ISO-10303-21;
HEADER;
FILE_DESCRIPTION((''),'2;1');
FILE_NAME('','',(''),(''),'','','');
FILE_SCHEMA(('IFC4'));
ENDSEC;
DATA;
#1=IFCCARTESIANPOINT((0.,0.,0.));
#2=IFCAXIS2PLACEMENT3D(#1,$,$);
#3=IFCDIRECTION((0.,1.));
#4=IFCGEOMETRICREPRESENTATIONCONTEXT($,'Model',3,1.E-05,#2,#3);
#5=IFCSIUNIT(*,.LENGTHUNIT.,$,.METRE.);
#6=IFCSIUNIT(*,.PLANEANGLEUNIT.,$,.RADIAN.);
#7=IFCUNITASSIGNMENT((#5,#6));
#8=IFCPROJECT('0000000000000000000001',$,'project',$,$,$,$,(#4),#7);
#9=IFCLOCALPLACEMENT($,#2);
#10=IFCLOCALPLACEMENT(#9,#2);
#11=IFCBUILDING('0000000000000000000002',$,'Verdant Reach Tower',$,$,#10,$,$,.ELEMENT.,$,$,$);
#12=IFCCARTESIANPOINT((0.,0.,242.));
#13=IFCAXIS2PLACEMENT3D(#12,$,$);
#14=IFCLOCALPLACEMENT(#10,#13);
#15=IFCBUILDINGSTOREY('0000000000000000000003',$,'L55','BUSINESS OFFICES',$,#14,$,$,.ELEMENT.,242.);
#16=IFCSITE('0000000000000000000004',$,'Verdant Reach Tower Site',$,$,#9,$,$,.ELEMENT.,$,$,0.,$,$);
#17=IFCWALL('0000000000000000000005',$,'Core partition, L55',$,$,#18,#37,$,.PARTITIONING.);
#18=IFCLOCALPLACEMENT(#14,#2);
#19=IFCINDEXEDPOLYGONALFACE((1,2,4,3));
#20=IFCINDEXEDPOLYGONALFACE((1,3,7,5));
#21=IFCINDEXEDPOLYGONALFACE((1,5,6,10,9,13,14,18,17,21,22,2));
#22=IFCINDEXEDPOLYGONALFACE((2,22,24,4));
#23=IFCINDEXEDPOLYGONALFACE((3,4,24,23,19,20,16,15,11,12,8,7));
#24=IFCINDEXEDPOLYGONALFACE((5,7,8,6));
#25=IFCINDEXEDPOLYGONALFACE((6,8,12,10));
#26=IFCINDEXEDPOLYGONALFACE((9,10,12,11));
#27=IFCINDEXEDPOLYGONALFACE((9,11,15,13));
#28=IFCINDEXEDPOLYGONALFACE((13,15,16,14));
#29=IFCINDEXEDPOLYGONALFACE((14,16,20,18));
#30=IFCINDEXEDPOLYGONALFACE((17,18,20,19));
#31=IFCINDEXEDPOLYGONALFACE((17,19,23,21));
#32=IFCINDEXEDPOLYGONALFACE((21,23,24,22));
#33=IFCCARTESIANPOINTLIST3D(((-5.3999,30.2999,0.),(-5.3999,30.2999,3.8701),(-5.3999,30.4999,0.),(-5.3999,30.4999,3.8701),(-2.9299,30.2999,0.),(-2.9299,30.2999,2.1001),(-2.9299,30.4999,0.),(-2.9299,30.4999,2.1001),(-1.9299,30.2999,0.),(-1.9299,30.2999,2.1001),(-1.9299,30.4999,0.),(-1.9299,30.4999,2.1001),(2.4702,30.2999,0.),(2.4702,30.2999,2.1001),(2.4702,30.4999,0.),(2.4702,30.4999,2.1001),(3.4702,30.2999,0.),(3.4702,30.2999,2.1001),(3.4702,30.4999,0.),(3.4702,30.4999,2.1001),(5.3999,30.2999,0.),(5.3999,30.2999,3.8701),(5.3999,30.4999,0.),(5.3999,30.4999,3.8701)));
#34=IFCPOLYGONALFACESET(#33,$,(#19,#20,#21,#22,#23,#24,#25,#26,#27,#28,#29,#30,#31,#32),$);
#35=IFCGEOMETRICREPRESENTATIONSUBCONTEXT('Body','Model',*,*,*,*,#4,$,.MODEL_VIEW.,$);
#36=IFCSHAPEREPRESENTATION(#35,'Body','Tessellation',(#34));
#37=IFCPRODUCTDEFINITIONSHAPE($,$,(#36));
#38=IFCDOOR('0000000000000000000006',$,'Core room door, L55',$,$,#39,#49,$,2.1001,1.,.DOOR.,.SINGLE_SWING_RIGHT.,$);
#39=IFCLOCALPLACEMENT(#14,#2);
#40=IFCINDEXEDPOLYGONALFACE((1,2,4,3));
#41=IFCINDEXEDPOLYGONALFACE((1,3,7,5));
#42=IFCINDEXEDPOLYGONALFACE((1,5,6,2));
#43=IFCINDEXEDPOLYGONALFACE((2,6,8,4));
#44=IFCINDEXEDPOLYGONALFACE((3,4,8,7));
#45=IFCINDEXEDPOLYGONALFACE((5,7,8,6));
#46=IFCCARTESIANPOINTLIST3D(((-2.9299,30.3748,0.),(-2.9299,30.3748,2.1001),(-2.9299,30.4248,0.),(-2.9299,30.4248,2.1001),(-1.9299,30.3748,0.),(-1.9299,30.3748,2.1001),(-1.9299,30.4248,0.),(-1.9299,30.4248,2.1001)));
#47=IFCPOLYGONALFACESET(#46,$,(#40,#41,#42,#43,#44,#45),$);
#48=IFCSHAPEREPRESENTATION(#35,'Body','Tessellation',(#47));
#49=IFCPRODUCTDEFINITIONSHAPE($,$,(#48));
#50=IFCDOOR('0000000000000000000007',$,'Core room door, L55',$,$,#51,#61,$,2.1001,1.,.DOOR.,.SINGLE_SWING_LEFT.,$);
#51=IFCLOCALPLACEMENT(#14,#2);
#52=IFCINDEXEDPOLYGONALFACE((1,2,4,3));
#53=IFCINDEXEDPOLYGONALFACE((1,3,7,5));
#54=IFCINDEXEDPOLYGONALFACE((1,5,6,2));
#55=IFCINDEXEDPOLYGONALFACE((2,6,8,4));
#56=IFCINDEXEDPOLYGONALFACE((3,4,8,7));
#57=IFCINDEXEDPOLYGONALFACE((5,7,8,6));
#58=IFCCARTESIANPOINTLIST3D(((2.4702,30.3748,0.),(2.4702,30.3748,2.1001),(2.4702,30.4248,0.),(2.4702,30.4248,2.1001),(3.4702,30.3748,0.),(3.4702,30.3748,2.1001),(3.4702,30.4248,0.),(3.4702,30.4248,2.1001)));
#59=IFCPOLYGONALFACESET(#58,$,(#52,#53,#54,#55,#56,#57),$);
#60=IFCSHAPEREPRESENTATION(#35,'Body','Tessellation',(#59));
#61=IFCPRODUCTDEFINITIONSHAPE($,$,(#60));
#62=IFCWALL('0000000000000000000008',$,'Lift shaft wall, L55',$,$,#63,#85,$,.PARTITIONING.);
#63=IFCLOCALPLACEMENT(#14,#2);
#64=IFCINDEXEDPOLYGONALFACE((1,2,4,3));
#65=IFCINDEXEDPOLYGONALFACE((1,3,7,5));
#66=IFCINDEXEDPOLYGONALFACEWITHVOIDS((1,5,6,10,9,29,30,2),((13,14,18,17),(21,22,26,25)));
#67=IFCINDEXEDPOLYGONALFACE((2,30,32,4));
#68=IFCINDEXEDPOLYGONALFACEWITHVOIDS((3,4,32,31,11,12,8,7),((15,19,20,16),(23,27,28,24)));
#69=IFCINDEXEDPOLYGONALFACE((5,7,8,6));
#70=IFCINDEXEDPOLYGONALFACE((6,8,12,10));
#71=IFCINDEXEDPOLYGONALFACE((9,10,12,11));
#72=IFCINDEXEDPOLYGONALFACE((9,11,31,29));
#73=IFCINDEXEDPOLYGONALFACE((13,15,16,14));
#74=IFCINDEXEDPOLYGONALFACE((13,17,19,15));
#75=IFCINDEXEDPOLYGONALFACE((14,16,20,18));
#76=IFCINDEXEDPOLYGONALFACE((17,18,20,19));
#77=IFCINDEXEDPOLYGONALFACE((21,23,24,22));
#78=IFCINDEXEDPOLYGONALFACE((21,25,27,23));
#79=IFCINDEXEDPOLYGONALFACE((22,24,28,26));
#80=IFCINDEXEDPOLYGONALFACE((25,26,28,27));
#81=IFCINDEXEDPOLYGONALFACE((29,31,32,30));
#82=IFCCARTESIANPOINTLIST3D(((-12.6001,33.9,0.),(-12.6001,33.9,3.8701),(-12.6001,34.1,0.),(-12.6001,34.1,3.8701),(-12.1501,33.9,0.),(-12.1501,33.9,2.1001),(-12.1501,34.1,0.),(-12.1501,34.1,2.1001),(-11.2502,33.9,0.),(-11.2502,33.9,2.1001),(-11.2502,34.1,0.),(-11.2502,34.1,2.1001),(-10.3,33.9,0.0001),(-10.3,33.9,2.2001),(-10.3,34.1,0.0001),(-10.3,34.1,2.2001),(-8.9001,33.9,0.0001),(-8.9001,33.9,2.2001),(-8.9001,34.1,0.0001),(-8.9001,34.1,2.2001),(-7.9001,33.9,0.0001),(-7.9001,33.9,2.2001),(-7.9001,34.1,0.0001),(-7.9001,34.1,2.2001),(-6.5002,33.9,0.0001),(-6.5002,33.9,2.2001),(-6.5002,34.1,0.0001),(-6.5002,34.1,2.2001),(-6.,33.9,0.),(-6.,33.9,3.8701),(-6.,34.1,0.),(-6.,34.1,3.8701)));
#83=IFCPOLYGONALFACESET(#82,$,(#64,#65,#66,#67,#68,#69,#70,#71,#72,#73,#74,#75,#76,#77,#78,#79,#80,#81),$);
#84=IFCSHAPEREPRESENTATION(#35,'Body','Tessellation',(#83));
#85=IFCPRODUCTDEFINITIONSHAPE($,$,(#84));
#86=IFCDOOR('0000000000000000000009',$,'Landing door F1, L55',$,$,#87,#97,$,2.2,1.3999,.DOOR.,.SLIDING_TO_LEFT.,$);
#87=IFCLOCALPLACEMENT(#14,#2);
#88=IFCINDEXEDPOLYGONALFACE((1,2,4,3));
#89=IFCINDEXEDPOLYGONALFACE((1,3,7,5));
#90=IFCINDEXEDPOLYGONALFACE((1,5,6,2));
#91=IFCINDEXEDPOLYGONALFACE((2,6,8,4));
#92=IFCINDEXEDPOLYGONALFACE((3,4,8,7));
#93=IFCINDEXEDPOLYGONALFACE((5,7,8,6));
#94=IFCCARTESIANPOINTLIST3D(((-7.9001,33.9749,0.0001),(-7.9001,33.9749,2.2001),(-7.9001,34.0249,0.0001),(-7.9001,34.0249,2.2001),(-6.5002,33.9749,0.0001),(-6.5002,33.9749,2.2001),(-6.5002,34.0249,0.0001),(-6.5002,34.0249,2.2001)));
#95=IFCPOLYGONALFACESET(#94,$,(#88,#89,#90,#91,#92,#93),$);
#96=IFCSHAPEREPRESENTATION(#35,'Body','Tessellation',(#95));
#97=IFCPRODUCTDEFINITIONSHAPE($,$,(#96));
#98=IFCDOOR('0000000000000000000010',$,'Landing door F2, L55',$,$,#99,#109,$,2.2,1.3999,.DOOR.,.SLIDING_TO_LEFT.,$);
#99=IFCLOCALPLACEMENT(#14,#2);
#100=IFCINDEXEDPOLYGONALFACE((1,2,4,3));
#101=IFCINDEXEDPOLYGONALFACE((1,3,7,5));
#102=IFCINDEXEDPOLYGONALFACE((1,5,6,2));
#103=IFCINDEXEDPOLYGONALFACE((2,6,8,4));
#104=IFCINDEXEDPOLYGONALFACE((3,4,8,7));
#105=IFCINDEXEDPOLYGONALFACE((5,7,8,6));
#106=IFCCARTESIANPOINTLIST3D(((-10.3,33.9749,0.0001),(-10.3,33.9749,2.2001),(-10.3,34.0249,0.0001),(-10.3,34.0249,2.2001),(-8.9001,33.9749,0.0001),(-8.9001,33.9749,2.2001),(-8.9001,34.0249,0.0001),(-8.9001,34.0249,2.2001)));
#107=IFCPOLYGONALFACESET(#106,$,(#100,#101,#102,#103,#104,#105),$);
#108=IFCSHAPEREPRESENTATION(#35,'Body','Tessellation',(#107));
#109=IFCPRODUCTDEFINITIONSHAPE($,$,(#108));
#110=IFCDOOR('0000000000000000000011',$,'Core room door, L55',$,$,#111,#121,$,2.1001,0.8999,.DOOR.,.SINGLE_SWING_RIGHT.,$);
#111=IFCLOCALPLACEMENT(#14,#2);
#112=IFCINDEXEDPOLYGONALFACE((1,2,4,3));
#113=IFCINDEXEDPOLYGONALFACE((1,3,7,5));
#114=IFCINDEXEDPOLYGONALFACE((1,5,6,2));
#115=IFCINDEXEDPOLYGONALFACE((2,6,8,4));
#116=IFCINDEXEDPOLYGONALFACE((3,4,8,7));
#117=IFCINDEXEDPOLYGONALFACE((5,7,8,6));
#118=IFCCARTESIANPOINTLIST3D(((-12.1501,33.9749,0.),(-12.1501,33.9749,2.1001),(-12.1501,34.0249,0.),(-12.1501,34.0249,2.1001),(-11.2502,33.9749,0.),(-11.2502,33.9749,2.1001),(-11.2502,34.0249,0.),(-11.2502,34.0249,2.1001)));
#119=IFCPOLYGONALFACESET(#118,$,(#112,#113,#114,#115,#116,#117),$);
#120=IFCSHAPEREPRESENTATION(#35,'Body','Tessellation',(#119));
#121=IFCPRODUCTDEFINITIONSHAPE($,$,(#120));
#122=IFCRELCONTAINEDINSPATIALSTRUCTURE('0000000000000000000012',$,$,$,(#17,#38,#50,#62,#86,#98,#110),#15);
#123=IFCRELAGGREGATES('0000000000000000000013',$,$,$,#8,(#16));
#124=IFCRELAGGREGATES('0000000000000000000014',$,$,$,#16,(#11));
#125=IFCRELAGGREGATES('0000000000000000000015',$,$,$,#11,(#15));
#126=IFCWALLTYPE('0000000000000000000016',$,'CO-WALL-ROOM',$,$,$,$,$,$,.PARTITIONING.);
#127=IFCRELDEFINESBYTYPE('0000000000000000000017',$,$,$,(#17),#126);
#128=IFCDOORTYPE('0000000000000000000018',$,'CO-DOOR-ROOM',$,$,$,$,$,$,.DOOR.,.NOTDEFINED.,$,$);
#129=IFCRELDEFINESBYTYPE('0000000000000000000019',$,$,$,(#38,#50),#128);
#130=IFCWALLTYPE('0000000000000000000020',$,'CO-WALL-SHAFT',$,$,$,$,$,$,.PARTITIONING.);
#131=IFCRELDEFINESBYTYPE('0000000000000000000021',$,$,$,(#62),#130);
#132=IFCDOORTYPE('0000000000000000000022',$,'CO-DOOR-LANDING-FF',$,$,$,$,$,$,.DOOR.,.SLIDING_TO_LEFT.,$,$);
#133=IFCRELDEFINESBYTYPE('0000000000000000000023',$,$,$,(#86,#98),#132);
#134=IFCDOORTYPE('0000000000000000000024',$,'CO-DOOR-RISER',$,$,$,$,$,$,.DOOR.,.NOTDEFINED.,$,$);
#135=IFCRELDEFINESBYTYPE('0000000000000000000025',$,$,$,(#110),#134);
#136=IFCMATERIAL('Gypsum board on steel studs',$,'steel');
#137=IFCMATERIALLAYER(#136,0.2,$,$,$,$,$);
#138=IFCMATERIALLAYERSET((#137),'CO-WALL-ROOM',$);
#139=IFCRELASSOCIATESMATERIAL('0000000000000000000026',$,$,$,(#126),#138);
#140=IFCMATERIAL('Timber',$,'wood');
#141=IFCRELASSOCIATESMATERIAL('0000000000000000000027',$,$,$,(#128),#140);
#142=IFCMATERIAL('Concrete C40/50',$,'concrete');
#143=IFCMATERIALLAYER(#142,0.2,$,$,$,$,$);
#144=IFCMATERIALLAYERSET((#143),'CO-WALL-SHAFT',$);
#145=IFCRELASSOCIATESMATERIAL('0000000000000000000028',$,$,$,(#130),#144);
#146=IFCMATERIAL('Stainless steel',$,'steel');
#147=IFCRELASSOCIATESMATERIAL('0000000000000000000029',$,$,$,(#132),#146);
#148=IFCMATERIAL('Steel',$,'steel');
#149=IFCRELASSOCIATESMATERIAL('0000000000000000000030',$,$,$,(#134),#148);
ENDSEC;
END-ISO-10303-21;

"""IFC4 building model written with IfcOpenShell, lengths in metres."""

from ifc_helpers import new_model, si_unit, direction, frame, frame_2d, origin, place, context, subcontext, project, spatial, rectangle, extrude, material, layer, layer_set, type_object, element, fill, save


model = new_model("IFC4")

# Units and contexts
model_context = context("Model", 3, precision=1e-05, world=origin(), true_north=direction((0.0, 1.0)))
body_context = subcontext(model_context, "Body", "Model", "MODEL_VIEW")
ifc_project = project(units=[si_unit("LENGTHUNIT", "METRE"), si_unit("PLANEANGLEUNIT", "RADIAN")], contexts=[model_context])

# Site, building, storey
site_placement = place(None, origin())
site = spatial("IfcSite", under=ifc_project, at=site_placement, Name="Verdant Reach Tower Site", CompositionType="ELEMENT", RefElevation=0.0)
building_placement = place(site_placement, origin())
building = spatial("IfcBuilding", under=site, at=building_placement, Name="Verdant Reach Tower", CompositionType="ELEMENT")
storey_placement = place(building_placement, frame((0.0, 0.0, 242.0)))
storey = spatial("IfcBuildingStorey", under=building, at=storey_placement, Name="L55", Description="BUSINESS OFFICES", CompositionType="ELEMENT", Elevation=242.0)

# Walls, openings, doors
ifc_material_1 = material(Name="Gypsum board on steel studs", Category="steel")
ifc_layer_1 = layer(ifc_material_1, 0.2)
ifc_layer_set_1 = layer_set([ifc_layer_1], Name="CO-WALL-ROOM")
wall_type_1 = type_object("IfcWallType", Name="CO-WALL-ROOM", PredefinedType="PARTITIONING", material=ifc_layer_set_1)
wall_1_placement = place(storey_placement, frame((-5.3999, 30.3999, 0.0), z_axis=(0.0, 0.0, 1.0), x_axis=(1.0, 0.0, 0.0)))
wall_1 = element("IfcWall", 1, at=wall_1_placement, inside=storey, type_object=wall_type_1, Name="Core partition, L55", PredefinedType="PARTITIONING", context=body_context, shape_type="SweptSolid", body=[
    extrude(rectangle(XDim=10.7998, YDim=0.2, at=frame_2d((5.3999, 0.0))), origin(), (0.0, 0.0, 1.0), 3.8701),
])
opening_1_placement = place(wall_1_placement, frame((2.47, 0.0, 0.0)))
opening_1 = element("IfcOpeningElement", 2, at=opening_1_placement, cuts=wall_1, PredefinedType="OPENING", context=body_context, shape_type="SweptSolid", body=[
    extrude(rectangle(XDim=1.0, YDim=2.1001, at=frame_2d((0.5, 1.05))), frame((0.0, 0.1099, 0.0), z_axis=(0.0, -1.0, 0.0), x_axis=(1.0, 0.0, 0.0)), (0.0, 0.0, 1.0), 0.22),
])
opening_2_placement = place(wall_1_placement, frame((7.8701, 0.0, 0.0)))
opening_2 = element("IfcOpeningElement", 3, at=opening_2_placement, cuts=wall_1, PredefinedType="OPENING", context=body_context, shape_type="SweptSolid", body=[
    extrude(rectangle(XDim=1.0, YDim=2.1001, at=frame_2d((0.5, 1.05))), frame((0.0, 0.1099, 0.0), z_axis=(0.0, -1.0, 0.0), x_axis=(1.0, 0.0, 0.0)), (0.0, 0.0, 1.0), 0.22),
])
ifc_material_2 = material(Name="Timber", Category="wood")
door_type_1 = type_object("IfcDoorType", Name="CO-DOOR-ROOM", OperationType="NOTDEFINED", PredefinedType="DOOR", material=ifc_material_2)
door_1_placement = place(opening_1_placement, origin())
door_1 = element("IfcDoor", 4, at=door_1_placement, inside=storey, type_object=door_type_1, Name="Core room door, L55", OperationType="SINGLE_SWING_RIGHT", OverallHeight=2.1001, OverallWidth=1.0, PredefinedType="DOOR", context=body_context, shape_type="SweptSolid", body=[
    extrude(rectangle(XDim=1.0, YDim=2.1001, at=frame_2d((0.5, 1.05))), frame((0.0, 0.0249, 0.0), z_axis=(0.0, -1.0, 0.0), x_axis=(1.0, 0.0, 0.0)), (0.0, 0.0, 1.0), 0.05),
])
fill(opening_1, door_1)
door_2_placement = place(opening_2_placement, origin())
door_2 = element("IfcDoor", 5, at=door_2_placement, inside=storey, type_object=door_type_1, Name="Core room door, L55", OperationType="SINGLE_SWING_LEFT", OverallHeight=2.1001, OverallWidth=1.0, PredefinedType="DOOR", context=body_context, shape_type="SweptSolid", body=[
    extrude(rectangle(XDim=1.0, YDim=2.1001, at=frame_2d((0.5, 1.05))), frame((0.0, 0.0249, 0.0), z_axis=(0.0, -1.0, 0.0), x_axis=(1.0, 0.0, 0.0)), (0.0, 0.0, 1.0), 0.05),
])
fill(opening_2, door_2)
ifc_material_3 = material(Name="Concrete C40/50", Category="concrete")
ifc_layer_2 = layer(ifc_material_3, 0.2)
ifc_layer_set_2 = layer_set([ifc_layer_2], Name="CO-WALL-SHAFT")
wall_type_2 = type_object("IfcWallType", Name="CO-WALL-SHAFT", PredefinedType="PARTITIONING", material=ifc_layer_set_2)
wall_2_placement = place(storey_placement, frame((-12.6001, 34.0, 0.0), z_axis=(0.0, 0.0, 1.0), x_axis=(1.0, 0.0, 0.0)))
wall_2 = element("IfcWall", 6, at=wall_2_placement, inside=storey, type_object=wall_type_2, Name="Lift shaft wall, L55", PredefinedType="PARTITIONING", context=body_context, shape_type="SweptSolid", body=[
    extrude(rectangle(XDim=6.6001, YDim=0.2, at=frame_2d((3.3, 0.0))), origin(), (0.0, 0.0, 1.0), 3.8701),
])
opening_3_placement = place(wall_2_placement, frame((4.7, 0.0, 0.0)))
opening_3 = element("IfcOpeningElement", 7, at=opening_3_placement, cuts=wall_2, PredefinedType="OPENING", context=body_context, shape_type="SweptSolid", body=[
    extrude(rectangle(XDim=1.3999, YDim=2.2, at=frame_2d((0.7, 1.1001))), frame((0.0, 0.1099, 0.0), z_axis=(0.0, -1.0, 0.0), x_axis=(1.0, 0.0, 0.0)), (0.0, 0.0, 1.0), 0.22),
])
opening_4_placement = place(wall_2_placement, frame((2.3, 0.0, 0.0)))
opening_4 = element("IfcOpeningElement", 8, at=opening_4_placement, cuts=wall_2, PredefinedType="OPENING", context=body_context, shape_type="SweptSolid", body=[
    extrude(rectangle(XDim=1.3999, YDim=2.2, at=frame_2d((0.7, 1.1001))), frame((0.0, 0.1099, 0.0), z_axis=(0.0, -1.0, 0.0), x_axis=(1.0, 0.0, 0.0)), (0.0, 0.0, 1.0), 0.22),
])
opening_5_placement = place(wall_2_placement, frame((0.45, 0.0, 0.0)))
opening_5 = element("IfcOpeningElement", 9, at=opening_5_placement, cuts=wall_2, PredefinedType="OPENING", context=body_context, shape_type="SweptSolid", body=[
    extrude(rectangle(XDim=0.8999, YDim=2.1001, at=frame_2d((0.45, 1.05))), frame((0.0, 0.1099, 0.0), z_axis=(0.0, -1.0, 0.0), x_axis=(1.0, 0.0, 0.0)), (0.0, 0.0, 1.0), 0.22),
])
ifc_material_4 = material(Name="Stainless steel", Category="steel")
door_type_2 = type_object("IfcDoorType", Name="CO-DOOR-LANDING-FF", OperationType="SLIDING_TO_LEFT", PredefinedType="DOOR", material=ifc_material_4)
door_3_placement = place(opening_3_placement, origin())
door_3 = element("IfcDoor", 10, at=door_3_placement, inside=storey, type_object=door_type_2, Name="Landing door F1, L55", OperationType="SLIDING_TO_LEFT", OverallHeight=2.2, OverallWidth=1.3999, PredefinedType="DOOR", context=body_context, shape_type="SweptSolid", body=[
    extrude(rectangle(XDim=1.3999, YDim=2.2, at=frame_2d((0.7, 1.1001))), frame((0.0, 0.0249, 0.0), z_axis=(0.0, -1.0, 0.0), x_axis=(1.0, 0.0, 0.0)), (0.0, 0.0, 1.0), 0.05),
])
fill(opening_3, door_3)
door_4_placement = place(opening_4_placement, origin())
door_4 = element("IfcDoor", 11, at=door_4_placement, inside=storey, type_object=door_type_2, Name="Landing door F2, L55", OperationType="SLIDING_TO_LEFT", OverallHeight=2.2, OverallWidth=1.3999, PredefinedType="DOOR", context=body_context, shape_type="SweptSolid", body=[
    extrude(rectangle(XDim=1.3999, YDim=2.2, at=frame_2d((0.7, 1.1001))), frame((0.0, 0.0249, 0.0), z_axis=(0.0, -1.0, 0.0), x_axis=(1.0, 0.0, 0.0)), (0.0, 0.0, 1.0), 0.05),
])
fill(opening_4, door_4)
ifc_material_5 = material(Name="Steel", Category="steel")
door_type_3 = type_object("IfcDoorType", Name="CO-DOOR-RISER", OperationType="NOTDEFINED", PredefinedType="DOOR", material=ifc_material_5)
door_5_placement = place(opening_5_placement, origin())
door_5 = element("IfcDoor", 12, at=door_5_placement, inside=storey, type_object=door_type_3, Name="Core room door, L55", OperationType="SINGLE_SWING_RIGHT", OverallHeight=2.1001, OverallWidth=0.8999, PredefinedType="DOOR", context=body_context, shape_type="SweptSolid", body=[
    extrude(rectangle(XDim=0.8999, YDim=2.1001, at=frame_2d((0.45, 1.05))), frame((0.0, 0.0249, 0.0), z_axis=(0.0, -1.0, 0.0), x_axis=(1.0, 0.0, 0.0)), (0.0, 0.0, 1.0), 0.05),
])
fill(opening_5, door_5)

save(model, "model.ifc")
